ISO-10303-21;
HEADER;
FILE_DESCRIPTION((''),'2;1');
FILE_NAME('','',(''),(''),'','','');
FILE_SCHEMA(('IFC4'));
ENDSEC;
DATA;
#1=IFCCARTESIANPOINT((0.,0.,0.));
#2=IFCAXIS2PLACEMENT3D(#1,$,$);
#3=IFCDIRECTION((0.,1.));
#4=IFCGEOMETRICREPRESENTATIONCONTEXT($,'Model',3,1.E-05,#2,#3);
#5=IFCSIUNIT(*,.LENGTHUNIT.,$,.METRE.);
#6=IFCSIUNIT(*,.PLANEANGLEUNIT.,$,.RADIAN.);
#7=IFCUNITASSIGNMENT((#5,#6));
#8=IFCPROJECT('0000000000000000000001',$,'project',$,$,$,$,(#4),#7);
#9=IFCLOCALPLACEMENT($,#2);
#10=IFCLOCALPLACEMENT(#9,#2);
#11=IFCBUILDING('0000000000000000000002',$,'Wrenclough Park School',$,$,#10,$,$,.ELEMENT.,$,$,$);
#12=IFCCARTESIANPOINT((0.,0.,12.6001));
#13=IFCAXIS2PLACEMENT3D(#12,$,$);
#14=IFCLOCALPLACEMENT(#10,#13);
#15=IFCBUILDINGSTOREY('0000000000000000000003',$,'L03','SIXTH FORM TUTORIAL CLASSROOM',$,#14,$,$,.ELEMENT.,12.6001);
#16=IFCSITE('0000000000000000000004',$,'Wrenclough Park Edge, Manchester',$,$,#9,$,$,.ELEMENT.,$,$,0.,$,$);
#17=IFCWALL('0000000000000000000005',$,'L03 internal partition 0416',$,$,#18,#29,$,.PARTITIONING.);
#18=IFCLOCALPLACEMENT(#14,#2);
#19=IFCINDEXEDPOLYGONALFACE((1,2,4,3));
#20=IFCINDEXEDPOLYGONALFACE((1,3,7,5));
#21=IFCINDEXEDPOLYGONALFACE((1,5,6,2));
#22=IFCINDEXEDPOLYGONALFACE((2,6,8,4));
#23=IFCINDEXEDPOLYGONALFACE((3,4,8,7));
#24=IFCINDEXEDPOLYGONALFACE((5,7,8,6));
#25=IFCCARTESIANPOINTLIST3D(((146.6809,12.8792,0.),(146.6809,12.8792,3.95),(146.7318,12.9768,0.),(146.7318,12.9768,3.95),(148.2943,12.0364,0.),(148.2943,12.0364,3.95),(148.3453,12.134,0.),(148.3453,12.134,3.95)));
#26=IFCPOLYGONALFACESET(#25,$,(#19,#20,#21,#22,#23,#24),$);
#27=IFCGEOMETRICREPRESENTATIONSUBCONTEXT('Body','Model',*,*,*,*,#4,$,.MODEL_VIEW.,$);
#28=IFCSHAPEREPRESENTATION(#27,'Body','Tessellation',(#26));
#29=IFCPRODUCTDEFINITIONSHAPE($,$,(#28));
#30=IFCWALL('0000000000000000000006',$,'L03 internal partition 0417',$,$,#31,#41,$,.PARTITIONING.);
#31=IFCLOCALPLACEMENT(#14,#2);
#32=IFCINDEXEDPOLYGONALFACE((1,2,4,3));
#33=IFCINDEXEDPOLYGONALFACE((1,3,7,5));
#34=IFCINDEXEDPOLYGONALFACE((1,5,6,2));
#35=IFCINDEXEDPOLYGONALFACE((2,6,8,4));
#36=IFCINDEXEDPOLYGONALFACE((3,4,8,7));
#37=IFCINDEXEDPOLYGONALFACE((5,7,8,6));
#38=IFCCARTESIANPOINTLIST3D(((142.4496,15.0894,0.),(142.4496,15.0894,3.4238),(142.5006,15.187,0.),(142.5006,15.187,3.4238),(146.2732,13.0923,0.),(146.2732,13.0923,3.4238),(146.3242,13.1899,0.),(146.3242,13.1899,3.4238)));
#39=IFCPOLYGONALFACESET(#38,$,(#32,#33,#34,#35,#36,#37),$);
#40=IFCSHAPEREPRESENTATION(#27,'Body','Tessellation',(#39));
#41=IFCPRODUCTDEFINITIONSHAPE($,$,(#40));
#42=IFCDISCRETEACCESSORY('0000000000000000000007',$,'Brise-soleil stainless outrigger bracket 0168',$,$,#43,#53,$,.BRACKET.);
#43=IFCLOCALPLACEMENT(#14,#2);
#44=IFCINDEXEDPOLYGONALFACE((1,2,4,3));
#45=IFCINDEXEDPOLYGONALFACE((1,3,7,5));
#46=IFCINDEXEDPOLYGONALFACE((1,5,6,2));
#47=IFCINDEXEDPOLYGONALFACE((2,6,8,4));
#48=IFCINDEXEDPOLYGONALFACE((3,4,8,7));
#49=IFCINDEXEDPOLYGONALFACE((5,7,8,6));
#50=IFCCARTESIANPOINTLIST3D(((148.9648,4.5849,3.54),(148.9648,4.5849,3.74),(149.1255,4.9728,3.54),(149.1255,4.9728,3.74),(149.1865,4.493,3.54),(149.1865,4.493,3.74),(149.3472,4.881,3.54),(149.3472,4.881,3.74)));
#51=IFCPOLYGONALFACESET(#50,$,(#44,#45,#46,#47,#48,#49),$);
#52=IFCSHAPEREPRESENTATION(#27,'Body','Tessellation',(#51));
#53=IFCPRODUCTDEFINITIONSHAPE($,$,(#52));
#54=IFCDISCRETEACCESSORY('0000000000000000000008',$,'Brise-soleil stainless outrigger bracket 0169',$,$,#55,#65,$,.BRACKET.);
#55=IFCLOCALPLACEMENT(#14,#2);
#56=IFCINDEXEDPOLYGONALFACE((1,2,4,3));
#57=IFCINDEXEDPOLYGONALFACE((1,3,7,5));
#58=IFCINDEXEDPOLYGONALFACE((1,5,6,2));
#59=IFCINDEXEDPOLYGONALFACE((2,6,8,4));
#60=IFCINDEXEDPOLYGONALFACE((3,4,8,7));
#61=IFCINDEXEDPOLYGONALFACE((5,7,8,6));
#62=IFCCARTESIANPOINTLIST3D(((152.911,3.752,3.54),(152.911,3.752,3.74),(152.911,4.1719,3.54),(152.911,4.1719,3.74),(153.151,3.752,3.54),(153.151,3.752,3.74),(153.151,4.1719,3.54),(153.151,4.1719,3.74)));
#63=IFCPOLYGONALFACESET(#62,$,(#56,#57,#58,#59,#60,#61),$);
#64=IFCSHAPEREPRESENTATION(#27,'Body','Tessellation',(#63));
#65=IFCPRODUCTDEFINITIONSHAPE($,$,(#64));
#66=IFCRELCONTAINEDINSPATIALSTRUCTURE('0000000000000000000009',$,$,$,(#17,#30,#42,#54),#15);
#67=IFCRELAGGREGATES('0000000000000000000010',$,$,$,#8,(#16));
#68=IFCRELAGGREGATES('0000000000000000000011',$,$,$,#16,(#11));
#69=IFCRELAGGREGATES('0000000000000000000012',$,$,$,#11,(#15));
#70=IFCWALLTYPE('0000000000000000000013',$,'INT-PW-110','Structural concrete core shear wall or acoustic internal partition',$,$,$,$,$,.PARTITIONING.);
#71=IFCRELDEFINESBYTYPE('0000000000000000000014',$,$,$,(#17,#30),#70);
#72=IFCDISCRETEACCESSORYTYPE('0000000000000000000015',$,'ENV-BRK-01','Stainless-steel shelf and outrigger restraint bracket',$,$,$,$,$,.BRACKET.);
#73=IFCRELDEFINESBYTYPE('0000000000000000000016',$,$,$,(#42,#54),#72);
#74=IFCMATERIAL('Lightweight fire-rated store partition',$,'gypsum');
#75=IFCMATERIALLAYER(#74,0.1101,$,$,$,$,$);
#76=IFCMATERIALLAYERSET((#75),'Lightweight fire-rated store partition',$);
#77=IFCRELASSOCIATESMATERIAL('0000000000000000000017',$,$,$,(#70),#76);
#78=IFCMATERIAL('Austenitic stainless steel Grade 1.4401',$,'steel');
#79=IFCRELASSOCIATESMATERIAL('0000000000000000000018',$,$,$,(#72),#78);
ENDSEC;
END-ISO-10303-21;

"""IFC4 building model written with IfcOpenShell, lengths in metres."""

from ifc_helpers import new_model, si_unit, direction, frame, frame_2d, origin, origin_2d, place, context, subcontext, project, spatial, rectangle, extrude, material, layer, layer_set, type_object, element, save


model = new_model("IFC4")

# Units and contexts
model_context = context("Model", 3, precision=1e-05, world=origin(), true_north=direction((0.0, 1.0)))
body_context = subcontext(model_context, "Body", "Model", "MODEL_VIEW")
ifc_project = project(units=[si_unit("LENGTHUNIT", "METRE"), si_unit("PLANEANGLEUNIT", "RADIAN")], contexts=[model_context])

# Site, building, storey
site_placement = place(None, origin())
site = spatial("IfcSite", under=ifc_project, at=site_placement, Name="Wrenclough Park Edge, Manchester", CompositionType="ELEMENT", RefElevation=0.0)
building_placement = place(site_placement, origin())
building = spatial("IfcBuilding", under=site, at=building_placement, Name="Wrenclough Park School", CompositionType="ELEMENT")
storey_placement = place(building_placement, frame((0.0, 0.0, 12.6001)))
storey = spatial("IfcBuildingStorey", under=building, at=storey_placement, Name="L03", Description="SIXTH FORM TUTORIAL CLASSROOM", CompositionType="ELEMENT", Elevation=12.6001)

# Walls
ifc_material_1 = material(Name="Lightweight fire-rated store partition", Category="gypsum")
ifc_layer_1 = layer(ifc_material_1, 0.1101)
ifc_layer_set_1 = layer_set([ifc_layer_1], Name="Lightweight fire-rated store partition")
wall_type_1 = type_object("IfcWallType", Name="INT-PW-110", Description="Structural concrete core shear wall or acoustic internal partition", PredefinedType="PARTITIONING", material=ifc_layer_set_1)
wall_1_placement = place(storey_placement, frame((148.3198, 12.0852, 0.0), z_axis=(0.0, 0.0, 1.0), x_axis=(-0.886374, 0.462969, 0.0)))
element("IfcWall", 1, at=wall_1_placement, inside=storey, type_object=wall_type_1, Name="L03 internal partition 0416", PredefinedType="PARTITIONING", context=body_context, shape_type="SweptSolid", body=[
    extrude(rectangle(XDim=1.8203, YDim=0.1101, at=frame_2d((0.9102, 0.0))), origin(), (0.0, 0.0, 1.0), 3.95),
])
wall_2_placement = place(storey_placement, frame((146.2986, 13.1411, 0.0), z_axis=(0.0, 0.0, 1.0), x_axis=(-0.886375, 0.462968, 0.0)))
element("IfcWall", 2, at=wall_2_placement, inside=storey, type_object=wall_type_1, Name="L03 internal partition 0417", PredefinedType="PARTITIONING", context=body_context, shape_type="SweptSolid", body=[
    extrude(rectangle(XDim=4.3137, YDim=0.1101, at=frame_2d((2.1567, 0.0))), origin(), (0.0, 0.0, 1.0), 3.4238),
])

# Discrete accessories
ifc_material_2 = material(Name="Austenitic stainless steel Grade 1.4401", Category="steel")
discrete_accessory_type = type_object("IfcDiscreteAccessoryType", Name="ENV-BRK-01", Description="Stainless-steel shelf and outrigger restraint bracket", PredefinedType="BRACKET", material=ifc_material_2)
for number, where, z_axis, x_axis, name in (
    (3, (149.156, 4.7329, 3.54), (0.0, 0.0, 1.0), (0.923879, -0.382684, 0.0), "Brise-soleil stainless outrigger bracket 0168"),
    (4, (153.031, 3.9619, 3.54), (0.0, 0.0, 1.0), (1.0, 0.0, 0.0), "Brise-soleil stainless outrigger bracket 0169"),
):
    element("IfcDiscreteAccessory", number, at=place(storey_placement, frame(where, z_axis=z_axis, x_axis=x_axis)), inside=storey, type_object=discrete_accessory_type, Name=name, PredefinedType="BRACKET", context=body_context, shape_type="SweptSolid", body=[
        extrude(rectangle(XDim=0.24, YDim=0.4199, at=origin_2d()), origin(), (0.0, 0.0, 1.0), 0.2),
    ])

save(model, "model.ifc")
